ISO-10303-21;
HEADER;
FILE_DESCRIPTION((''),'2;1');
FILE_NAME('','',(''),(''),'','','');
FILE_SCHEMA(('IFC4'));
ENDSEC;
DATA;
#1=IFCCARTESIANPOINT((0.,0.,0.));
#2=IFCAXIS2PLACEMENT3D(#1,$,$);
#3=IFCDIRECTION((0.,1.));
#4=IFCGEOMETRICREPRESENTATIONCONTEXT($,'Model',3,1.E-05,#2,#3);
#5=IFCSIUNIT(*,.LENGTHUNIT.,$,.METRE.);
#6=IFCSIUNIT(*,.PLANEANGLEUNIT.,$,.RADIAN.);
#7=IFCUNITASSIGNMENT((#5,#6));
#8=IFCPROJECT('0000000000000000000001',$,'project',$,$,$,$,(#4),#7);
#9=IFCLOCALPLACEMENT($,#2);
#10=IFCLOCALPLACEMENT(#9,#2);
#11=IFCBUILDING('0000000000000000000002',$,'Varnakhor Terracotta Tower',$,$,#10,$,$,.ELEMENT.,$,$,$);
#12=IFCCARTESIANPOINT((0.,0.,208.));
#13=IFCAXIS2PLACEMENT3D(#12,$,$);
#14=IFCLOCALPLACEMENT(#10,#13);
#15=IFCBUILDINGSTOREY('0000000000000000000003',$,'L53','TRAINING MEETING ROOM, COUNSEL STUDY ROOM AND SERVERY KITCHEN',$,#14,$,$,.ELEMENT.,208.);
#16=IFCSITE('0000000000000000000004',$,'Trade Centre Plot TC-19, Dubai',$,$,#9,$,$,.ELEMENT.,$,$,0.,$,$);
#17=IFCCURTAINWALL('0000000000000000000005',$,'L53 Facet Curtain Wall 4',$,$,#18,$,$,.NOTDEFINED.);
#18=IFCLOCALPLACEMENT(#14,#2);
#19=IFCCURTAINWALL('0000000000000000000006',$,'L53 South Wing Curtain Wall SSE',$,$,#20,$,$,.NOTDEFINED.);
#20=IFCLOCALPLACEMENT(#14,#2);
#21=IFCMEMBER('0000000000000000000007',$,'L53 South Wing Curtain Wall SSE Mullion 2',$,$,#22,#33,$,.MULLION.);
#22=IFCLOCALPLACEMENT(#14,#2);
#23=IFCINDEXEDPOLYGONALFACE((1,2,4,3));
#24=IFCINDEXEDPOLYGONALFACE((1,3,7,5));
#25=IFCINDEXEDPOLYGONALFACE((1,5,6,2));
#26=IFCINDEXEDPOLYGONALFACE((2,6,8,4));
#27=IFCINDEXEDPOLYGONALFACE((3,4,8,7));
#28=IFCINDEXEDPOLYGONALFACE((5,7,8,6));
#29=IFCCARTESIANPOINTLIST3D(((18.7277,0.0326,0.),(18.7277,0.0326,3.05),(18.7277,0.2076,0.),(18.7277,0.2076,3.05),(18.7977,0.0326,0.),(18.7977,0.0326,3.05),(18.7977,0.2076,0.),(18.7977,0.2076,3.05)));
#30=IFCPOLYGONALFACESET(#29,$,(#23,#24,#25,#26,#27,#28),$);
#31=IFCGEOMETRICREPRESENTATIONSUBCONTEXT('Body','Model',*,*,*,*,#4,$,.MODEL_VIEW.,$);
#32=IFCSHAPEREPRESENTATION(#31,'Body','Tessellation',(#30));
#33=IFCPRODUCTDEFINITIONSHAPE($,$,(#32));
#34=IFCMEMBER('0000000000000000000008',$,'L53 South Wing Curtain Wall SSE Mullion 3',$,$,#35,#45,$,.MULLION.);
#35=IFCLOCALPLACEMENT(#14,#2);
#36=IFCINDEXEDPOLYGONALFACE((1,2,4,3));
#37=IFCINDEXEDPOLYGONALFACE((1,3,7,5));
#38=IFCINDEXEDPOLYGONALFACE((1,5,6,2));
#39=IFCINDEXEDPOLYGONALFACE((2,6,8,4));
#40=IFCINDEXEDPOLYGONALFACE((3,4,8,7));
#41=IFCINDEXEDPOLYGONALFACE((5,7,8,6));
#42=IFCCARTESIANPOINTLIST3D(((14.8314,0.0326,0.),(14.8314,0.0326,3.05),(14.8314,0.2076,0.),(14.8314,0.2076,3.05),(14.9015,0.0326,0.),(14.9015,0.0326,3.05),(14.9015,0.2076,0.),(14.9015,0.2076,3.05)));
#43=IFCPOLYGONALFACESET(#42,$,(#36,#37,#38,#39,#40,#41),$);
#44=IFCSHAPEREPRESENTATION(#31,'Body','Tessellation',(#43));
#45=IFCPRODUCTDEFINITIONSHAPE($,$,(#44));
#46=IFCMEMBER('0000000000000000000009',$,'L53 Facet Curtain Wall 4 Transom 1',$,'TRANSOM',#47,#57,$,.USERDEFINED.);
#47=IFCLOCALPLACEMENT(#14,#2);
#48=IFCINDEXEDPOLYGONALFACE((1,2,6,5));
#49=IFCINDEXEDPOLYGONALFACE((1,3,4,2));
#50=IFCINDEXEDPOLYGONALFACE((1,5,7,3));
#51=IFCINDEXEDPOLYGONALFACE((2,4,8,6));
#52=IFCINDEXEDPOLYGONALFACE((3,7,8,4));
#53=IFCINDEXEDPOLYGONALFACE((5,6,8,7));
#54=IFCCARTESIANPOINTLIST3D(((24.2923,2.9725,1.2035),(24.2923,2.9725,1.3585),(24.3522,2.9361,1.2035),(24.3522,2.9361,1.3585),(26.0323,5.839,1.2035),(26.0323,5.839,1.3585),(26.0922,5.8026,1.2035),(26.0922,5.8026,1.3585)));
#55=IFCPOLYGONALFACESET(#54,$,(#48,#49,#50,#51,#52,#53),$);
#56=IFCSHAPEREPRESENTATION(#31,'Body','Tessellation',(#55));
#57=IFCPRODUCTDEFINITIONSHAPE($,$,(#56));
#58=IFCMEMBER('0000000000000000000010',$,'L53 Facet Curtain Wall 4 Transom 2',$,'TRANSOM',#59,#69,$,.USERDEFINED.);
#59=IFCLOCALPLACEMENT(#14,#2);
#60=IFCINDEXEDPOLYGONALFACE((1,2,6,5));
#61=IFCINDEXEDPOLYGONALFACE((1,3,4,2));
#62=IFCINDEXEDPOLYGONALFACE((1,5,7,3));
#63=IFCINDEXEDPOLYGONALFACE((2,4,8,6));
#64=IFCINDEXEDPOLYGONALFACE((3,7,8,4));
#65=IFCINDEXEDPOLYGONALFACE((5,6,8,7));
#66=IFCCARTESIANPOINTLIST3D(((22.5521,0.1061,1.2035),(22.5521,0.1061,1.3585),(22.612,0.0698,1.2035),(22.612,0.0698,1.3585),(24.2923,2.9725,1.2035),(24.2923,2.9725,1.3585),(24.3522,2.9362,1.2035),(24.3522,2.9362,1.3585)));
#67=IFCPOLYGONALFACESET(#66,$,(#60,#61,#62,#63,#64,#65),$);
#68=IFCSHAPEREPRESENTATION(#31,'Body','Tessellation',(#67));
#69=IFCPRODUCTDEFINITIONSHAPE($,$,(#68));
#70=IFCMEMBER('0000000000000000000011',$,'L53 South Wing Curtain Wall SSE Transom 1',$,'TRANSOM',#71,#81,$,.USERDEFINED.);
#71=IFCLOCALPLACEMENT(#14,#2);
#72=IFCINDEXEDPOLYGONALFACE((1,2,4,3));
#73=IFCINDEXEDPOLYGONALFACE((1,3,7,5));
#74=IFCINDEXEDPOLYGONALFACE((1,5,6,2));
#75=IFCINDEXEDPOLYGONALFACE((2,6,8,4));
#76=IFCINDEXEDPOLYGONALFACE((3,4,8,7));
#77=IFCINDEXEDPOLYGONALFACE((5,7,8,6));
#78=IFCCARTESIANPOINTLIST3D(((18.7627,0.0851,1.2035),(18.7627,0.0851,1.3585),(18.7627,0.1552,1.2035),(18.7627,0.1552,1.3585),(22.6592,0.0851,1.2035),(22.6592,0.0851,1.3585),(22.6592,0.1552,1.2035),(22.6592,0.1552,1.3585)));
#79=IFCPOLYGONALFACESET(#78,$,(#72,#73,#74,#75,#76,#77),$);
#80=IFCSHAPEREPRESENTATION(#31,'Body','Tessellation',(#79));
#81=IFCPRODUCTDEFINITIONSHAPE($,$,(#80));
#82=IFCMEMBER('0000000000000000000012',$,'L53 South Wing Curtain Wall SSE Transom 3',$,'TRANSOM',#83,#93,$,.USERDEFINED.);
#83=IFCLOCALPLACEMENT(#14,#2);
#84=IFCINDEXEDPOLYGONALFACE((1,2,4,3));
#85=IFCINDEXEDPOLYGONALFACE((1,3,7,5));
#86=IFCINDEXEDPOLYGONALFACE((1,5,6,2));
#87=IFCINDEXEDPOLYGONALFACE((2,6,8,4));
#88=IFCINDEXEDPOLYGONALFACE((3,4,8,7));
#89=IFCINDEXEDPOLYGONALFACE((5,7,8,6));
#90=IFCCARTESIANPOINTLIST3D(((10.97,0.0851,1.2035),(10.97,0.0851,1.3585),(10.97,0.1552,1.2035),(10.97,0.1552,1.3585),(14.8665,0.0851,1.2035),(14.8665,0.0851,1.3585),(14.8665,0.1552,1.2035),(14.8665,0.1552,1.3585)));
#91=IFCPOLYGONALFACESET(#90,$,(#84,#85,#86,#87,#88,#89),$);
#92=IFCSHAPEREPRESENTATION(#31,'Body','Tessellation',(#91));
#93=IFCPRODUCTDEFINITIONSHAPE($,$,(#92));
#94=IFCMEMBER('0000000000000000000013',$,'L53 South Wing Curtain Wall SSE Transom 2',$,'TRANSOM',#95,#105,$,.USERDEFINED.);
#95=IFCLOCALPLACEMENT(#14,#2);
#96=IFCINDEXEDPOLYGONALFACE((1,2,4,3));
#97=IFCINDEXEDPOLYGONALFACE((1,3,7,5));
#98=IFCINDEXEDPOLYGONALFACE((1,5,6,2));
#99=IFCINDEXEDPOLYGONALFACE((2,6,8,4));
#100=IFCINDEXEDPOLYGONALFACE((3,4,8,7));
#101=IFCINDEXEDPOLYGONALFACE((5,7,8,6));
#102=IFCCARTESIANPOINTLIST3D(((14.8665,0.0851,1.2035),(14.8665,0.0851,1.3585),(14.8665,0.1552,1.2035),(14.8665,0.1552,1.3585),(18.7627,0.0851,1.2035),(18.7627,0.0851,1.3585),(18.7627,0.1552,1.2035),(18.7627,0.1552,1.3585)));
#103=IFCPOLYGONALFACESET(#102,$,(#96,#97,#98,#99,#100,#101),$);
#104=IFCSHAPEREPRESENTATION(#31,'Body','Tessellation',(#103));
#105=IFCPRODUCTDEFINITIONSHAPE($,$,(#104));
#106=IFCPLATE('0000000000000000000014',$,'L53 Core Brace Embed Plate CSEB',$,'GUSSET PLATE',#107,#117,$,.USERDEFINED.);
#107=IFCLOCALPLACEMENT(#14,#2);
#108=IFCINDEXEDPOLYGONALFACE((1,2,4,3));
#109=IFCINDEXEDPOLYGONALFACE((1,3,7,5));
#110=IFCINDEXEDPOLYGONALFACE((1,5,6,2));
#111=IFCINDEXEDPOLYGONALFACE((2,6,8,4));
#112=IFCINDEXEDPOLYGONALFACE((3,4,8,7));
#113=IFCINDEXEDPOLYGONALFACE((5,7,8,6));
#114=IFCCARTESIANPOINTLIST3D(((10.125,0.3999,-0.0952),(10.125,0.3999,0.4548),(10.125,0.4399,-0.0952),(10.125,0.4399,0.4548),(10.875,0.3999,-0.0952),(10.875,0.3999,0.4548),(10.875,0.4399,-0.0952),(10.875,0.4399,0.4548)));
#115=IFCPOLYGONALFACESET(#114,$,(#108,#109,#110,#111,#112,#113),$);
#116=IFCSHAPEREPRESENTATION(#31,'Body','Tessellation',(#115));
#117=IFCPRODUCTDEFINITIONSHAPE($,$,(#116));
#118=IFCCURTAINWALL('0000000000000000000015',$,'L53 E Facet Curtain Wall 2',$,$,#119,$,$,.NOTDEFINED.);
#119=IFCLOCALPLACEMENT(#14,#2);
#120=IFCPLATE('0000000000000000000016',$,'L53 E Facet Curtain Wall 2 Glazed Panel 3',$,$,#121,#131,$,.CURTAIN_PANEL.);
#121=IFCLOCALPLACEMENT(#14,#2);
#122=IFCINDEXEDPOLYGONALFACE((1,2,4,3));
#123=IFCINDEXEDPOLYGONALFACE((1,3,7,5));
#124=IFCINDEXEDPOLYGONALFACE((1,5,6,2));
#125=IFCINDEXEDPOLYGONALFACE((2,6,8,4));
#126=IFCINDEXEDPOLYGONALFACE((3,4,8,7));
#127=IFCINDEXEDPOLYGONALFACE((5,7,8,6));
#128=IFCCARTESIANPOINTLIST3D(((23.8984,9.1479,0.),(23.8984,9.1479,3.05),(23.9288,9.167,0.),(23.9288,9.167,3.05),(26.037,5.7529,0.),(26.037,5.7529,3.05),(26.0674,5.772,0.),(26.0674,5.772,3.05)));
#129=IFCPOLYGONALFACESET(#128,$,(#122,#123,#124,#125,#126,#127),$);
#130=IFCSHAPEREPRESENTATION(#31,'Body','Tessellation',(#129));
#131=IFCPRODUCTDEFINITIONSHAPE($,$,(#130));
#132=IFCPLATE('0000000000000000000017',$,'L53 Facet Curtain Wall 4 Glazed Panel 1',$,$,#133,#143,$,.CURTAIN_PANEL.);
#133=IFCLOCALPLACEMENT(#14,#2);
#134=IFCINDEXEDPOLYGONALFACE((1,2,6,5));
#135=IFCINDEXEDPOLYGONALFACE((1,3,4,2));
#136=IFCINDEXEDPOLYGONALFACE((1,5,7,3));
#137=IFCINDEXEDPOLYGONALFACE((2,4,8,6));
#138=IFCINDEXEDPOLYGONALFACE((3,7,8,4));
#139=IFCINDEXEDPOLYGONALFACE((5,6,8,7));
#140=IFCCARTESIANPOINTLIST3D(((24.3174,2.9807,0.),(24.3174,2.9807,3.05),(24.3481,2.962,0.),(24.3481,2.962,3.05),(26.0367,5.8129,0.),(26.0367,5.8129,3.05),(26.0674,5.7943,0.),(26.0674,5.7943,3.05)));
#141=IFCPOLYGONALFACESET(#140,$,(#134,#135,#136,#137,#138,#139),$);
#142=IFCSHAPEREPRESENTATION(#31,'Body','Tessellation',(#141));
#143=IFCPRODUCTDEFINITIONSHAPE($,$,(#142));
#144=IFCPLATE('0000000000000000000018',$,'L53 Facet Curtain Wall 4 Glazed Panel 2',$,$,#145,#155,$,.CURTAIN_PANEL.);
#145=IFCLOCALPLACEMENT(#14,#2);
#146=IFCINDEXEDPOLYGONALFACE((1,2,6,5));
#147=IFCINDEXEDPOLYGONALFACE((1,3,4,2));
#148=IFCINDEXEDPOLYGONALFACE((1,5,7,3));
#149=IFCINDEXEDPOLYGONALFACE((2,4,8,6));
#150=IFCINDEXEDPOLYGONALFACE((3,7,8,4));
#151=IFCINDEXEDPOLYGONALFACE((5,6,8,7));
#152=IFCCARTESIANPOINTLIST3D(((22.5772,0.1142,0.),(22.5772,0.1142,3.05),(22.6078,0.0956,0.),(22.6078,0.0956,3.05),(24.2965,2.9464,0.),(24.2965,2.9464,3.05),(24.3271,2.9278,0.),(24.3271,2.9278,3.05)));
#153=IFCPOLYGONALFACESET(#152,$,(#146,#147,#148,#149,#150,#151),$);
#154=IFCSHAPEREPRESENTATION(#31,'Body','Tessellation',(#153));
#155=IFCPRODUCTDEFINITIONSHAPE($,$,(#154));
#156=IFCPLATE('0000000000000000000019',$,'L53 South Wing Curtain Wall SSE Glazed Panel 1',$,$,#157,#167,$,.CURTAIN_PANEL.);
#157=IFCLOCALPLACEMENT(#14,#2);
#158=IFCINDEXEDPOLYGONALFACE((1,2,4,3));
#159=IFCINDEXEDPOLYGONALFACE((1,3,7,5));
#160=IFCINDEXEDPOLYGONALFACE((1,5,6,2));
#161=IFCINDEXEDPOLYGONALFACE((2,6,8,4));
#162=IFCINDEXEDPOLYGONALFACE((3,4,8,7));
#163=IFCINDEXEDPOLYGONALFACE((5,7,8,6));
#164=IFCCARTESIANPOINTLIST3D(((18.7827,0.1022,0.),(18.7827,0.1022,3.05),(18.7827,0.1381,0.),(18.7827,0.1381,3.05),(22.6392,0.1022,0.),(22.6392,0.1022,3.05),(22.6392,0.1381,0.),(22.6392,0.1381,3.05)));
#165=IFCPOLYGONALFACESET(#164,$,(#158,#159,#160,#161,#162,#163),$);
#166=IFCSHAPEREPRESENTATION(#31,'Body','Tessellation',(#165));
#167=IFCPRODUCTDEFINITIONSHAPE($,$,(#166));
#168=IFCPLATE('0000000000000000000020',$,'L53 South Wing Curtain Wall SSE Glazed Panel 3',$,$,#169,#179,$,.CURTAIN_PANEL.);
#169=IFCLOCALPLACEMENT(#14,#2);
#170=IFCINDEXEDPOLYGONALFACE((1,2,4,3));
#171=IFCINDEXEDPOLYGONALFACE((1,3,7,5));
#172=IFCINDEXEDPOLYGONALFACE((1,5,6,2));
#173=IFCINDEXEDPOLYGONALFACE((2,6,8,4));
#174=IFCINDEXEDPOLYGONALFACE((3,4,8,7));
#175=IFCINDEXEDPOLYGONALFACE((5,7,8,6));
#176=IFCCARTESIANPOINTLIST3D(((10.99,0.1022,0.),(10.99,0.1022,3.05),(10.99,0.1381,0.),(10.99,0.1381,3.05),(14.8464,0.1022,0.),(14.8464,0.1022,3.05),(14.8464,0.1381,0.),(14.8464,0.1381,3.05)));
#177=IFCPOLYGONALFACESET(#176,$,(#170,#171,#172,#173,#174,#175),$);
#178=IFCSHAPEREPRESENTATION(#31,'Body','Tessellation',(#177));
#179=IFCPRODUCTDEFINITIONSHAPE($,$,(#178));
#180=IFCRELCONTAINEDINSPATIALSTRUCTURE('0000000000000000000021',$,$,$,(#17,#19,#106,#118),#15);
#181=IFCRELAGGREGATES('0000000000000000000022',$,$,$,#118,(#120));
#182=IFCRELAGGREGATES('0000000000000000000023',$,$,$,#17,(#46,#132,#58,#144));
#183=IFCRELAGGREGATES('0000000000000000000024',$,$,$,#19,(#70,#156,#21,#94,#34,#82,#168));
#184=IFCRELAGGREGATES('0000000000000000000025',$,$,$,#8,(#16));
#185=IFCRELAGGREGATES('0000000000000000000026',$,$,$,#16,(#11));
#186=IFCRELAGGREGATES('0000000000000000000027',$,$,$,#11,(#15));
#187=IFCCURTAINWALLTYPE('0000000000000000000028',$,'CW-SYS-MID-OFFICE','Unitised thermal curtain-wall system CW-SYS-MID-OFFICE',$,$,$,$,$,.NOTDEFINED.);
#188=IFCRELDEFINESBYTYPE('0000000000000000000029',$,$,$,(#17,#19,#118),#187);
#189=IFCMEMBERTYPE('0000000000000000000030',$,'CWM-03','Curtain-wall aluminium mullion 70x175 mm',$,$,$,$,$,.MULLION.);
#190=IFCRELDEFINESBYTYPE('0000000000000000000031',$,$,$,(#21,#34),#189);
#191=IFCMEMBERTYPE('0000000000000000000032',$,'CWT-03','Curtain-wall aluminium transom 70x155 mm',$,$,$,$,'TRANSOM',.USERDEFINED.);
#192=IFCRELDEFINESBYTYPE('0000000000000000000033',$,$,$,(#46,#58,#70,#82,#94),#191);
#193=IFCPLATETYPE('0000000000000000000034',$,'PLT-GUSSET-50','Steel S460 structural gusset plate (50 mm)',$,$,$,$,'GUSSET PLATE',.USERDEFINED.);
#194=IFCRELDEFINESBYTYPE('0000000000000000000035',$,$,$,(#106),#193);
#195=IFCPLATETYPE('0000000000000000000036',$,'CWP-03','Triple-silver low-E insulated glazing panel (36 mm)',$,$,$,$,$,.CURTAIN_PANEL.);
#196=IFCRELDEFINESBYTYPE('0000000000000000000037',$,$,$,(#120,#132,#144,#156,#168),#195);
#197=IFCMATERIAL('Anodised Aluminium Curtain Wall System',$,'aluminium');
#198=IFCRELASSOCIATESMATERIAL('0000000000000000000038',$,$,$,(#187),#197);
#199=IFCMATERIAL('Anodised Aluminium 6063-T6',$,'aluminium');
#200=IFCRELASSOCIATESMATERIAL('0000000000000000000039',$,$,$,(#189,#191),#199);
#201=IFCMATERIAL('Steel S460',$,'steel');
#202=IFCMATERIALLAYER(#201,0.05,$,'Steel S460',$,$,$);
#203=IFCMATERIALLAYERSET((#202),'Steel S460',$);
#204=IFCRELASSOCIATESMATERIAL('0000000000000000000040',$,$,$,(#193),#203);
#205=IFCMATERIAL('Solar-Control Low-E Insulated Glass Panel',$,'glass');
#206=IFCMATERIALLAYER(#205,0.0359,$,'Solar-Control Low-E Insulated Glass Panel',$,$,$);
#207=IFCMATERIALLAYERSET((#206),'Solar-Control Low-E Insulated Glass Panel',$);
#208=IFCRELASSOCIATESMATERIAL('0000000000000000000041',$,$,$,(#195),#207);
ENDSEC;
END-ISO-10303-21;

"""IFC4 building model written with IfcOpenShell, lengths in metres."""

from ifc_helpers import new_model, si_unit, direction, frame, origin, origin_2d, place, context, subcontext, project, spatial, rectangle, extrude, source, transform, mapped, material, layer, layer_set, material_profile, profile_set, type_object, type_shapes, element, aggregate, save


model = new_model("IFC4")

# Units and contexts
model_context = context("Model", 3, precision=1e-05, world=origin(), true_north=direction((0.0, 1.0)))
body_context = subcontext(model_context, "Body", "Model", "MODEL_VIEW")
ifc_project = project(units=[si_unit("LENGTHUNIT", "METRE"), si_unit("PLANEANGLEUNIT", "RADIAN")], contexts=[model_context])

# Site, building, storey
site_placement = place(None, origin())
site = spatial("IfcSite", under=ifc_project, at=site_placement, Name="Trade Centre Plot TC-19, Dubai", CompositionType="ELEMENT", RefElevation=0.0)
building_placement = place(site_placement, origin())
building = spatial("IfcBuilding", under=site, at=building_placement, Name="Varnakhor Terracotta Tower", CompositionType="ELEMENT")
storey_placement = place(building_placement, frame((0.0, 0.0, 208.0)))
storey = spatial("IfcBuildingStorey", under=building, at=storey_placement, Name="L53", Description="TRAINING MEETING ROOM, COUNSEL STUDY ROOM AND SERVERY KITCHEN", CompositionType="ELEMENT", Elevation=208.0)

# Shared definitions
ifc_material_1 = material(Name="Steel S460", Category="steel")

# Curtain walls, members
ifc_material_2 = material(Name="Anodised Aluminium Curtain Wall System", Category="aluminium")
curtain_wall_type = type_object("IfcCurtainWallType", Name="CW-SYS-MID-OFFICE", Description="Unitised thermal curtain-wall system CW-SYS-MID-OFFICE", PredefinedType="NOTDEFINED", material=ifc_material_2)
curtain_wall_1_placement = place(storey_placement, origin())
curtain_wall_1 = element("IfcCurtainWall", 1, at=curtain_wall_1_placement, inside=storey, type_object=curtain_wall_type, Name="L53 Facet Curtain Wall 4", PredefinedType="NOTDEFINED")
ifc_material_3 = material(Name="Anodised Aluminium 6063-T6", Category="aluminium")
ifc_material_profile_1 = material_profile(ifc_material_3, rectangle(XDim=0.0701, YDim=0.175, at=origin_2d()), Name="ALU MULLION 70x175")
ifc_profile_set_1 = profile_set([ifc_material_profile_1], Name="Anodised Aluminium 6063-T6")
member_type_1 = type_object("IfcMemberType", Name="CWM-03", Description="Curtain-wall aluminium mullion 70x175 mm", PredefinedType="MULLION", material=ifc_profile_set_1)
shared_shape_1 = source(origin(), body_context, "Body", "SweptSolid", [
    extrude(rectangle(XDim=0.0701, YDim=0.175, at=origin_2d()), origin(), (0.0, 0.0, 1.0), 3.05),
])
curtain_wall_2_placement = place(storey_placement, origin())
curtain_wall_2 = element("IfcCurtainWall", 2, at=curtain_wall_2_placement, inside=storey, type_object=curtain_wall_type, Name="L53 South Wing Curtain Wall SSE", PredefinedType="NOTDEFINED")
member_1_placement = place(storey_placement, frame((18.7627, 0.1201, 0.0), z_axis=(0.0, 0.0, 1.0), x_axis=(1.0, 0.0, 0.0)))
member_1 = element("IfcMember", 3, at=member_1_placement, type_object=member_type_1, Name="L53 South Wing Curtain Wall SSE Mullion 2", PredefinedType="MULLION", context=body_context, shape_type="MappedRepresentation", body=[
    mapped(shared_shape_1, transform((0.0, 0.0, 0.0), scale=1.0)),
])
member_2_placement = place(storey_placement, frame((14.8665, 0.1201, 0.0), z_axis=(0.0, 0.0, 1.0), x_axis=(1.0, 0.0, 0.0)))
member_2 = element("IfcMember", 4, at=member_2_placement, type_object=member_type_1, Name="L53 South Wing Curtain Wall SSE Mullion 3", PredefinedType="MULLION", context=body_context, shape_type="MappedRepresentation", body=[
    mapped(shared_shape_1, transform((0.0, 0.0, 0.0), scale=1.0)),
])

# Members
ifc_material_profile_2 = material_profile(ifc_material_3, rectangle(XDim=0.0701, YDim=0.155, at=origin_2d()), Name="ALU TRANSOM 70x155")
ifc_profile_set_2 = profile_set([ifc_material_profile_2], Name="Anodised Aluminium 6063-T6")
member_type_2 = type_object("IfcMemberType", Name="CWT-03", Description="Curtain-wall aluminium transom 70x155 mm", ElementType="TRANSOM", PredefinedType="USERDEFINED", material=ifc_profile_set_2)
shared_shape_2 = source(origin(), body_context, "Body", "SweptSolid", [
    extrude(rectangle(XDim=0.0701, YDim=0.155, at=origin_2d()), origin(), (0.0, 0.0, 1.0), 3.3533),
])
member_3_placement = place(storey_placement, frame((26.0623, 5.8208, 1.281), z_axis=(-0.5189, -0.854835, 0.0), x_axis=(0.854835, -0.5189, 0.0)))
member_3 = element("IfcMember", 5, at=member_3_placement, type_object=member_type_2, Name="L53 Facet Curtain Wall 4 Transom 1", ObjectType="TRANSOM", PredefinedType="USERDEFINED", context=body_context, shape_type="MappedRepresentation", body=[
    mapped(shared_shape_2, transform((0.0, 0.0, 0.0), scale=1.0)),
])
member_4_placement = place(storey_placement, frame((24.3223, 2.9543, 1.281), z_axis=(-0.518953, -0.854803, 0.0), x_axis=(0.854803, -0.518953, 0.0)))
member_4 = element("IfcMember", 6, at=member_4_placement, type_object=member_type_2, Name="L53 Facet Curtain Wall 4 Transom 2", ObjectType="TRANSOM", PredefinedType="USERDEFINED", context=body_context, shape_type="MappedRepresentation", body=[
    mapped(shared_shape_2, transform((0.0, 0.0, 0.0), scale=1.0)),
])
shared_shape_3 = source(origin(), body_context, "Body", "SweptSolid", [
    extrude(rectangle(XDim=0.0701, YDim=0.155, at=origin_2d()), origin(), (0.0, 0.0, 1.0), 3.8965),
])
member_5_placement = place(storey_placement, frame((22.6592, 0.1201, 1.281), z_axis=(-1.0, 0.0, 0.0), x_axis=(0.0, -1.0, 0.0)))
member_5 = element("IfcMember", 7, at=member_5_placement, type_object=member_type_2, Name="L53 South Wing Curtain Wall SSE Transom 1", ObjectType="TRANSOM", PredefinedType="USERDEFINED", context=body_context, shape_type="MappedRepresentation", body=[
    mapped(shared_shape_3, transform((0.0, 0.0, 0.0), scale=1.0)),
])
member_6_placement = place(storey_placement, frame((14.8665, 0.1201, 1.281), z_axis=(-1.0, 0.0, 0.0), x_axis=(0.0, -1.0, 0.0)))
member_6 = element("IfcMember", 8, at=member_6_placement, type_object=member_type_2, Name="L53 South Wing Curtain Wall SSE Transom 3", ObjectType="TRANSOM", PredefinedType="USERDEFINED", context=body_context, shape_type="MappedRepresentation", body=[
    mapped(shared_shape_3, transform((0.0, 0.0, 0.0), scale=1.0)),
])
shared_shape_4 = source(origin(), body_context, "Body", "SweptSolid", [
    extrude(rectangle(XDim=0.0701, YDim=0.155, at=origin_2d()), origin(), (0.0, 0.0, 1.0), 3.8962),
])
member_7_placement = place(storey_placement, frame((18.7627, 0.1201, 1.281), z_axis=(-1.0, 0.0, 0.0), x_axis=(0.0, -1.0, 0.0)))
member_7 = element("IfcMember", 9, at=member_7_placement, type_object=member_type_2, Name="L53 South Wing Curtain Wall SSE Transom 2", ObjectType="TRANSOM", PredefinedType="USERDEFINED", context=body_context, shape_type="MappedRepresentation", body=[
    mapped(shared_shape_4, transform((0.0, 0.0, 0.0), scale=1.0)),
])

# Plate
ifc_layer_1 = layer(ifc_material_1, 0.05, Name="Steel S460")
ifc_layer_set_1 = layer_set([ifc_layer_1], Name="Steel S460")
plate_type_1 = type_object("IfcPlateType", Name="PLT-GUSSET-50", Description="Steel S460 structural gusset plate (50 mm)", ElementType="GUSSET PLATE", PredefinedType="USERDEFINED", material=ifc_layer_set_1)
shared_shape_5 = source(origin(), body_context, "Body", "SweptSolid", [
    extrude(rectangle(XDim=0.75, YDim=0.04, at=origin_2d()), origin(), (0.0, 0.0, 1.0), 0.55),
])
type_shapes(plate_type_1, [shared_shape_5])
plate_1_placement = place(storey_placement, frame((10.5, 0.4199, -0.0952), z_axis=(0.0, 0.0, 1.0), x_axis=(1.0, 0.0, 0.0)))
element("IfcPlate", 10, at=plate_1_placement, inside=storey, type_object=plate_type_1, Name="L53 Core Brace Embed Plate CSEB", ObjectType="GUSSET PLATE", PredefinedType="USERDEFINED", context=body_context, shape_type="MappedRepresentation", body=[
    mapped(shared_shape_5, transform((0.0, 0.0, 0.0), scale=1.0)),
])

# Curtain wall, plate
curtain_wall_3_placement = place(storey_placement, origin())
curtain_wall_3 = element("IfcCurtainWall", 11, at=curtain_wall_3_placement, inside=storey, type_object=curtain_wall_type, Name="L53 E Facet Curtain Wall 2", PredefinedType="NOTDEFINED")
ifc_material_4 = material(Name="Solar-Control Low-E Insulated Glass Panel", Category="glass")
ifc_layer_2 = layer(ifc_material_4, 0.0359, Name="Solar-Control Low-E Insulated Glass Panel")
ifc_layer_set_2 = layer_set([ifc_layer_2], Name="Solar-Control Low-E Insulated Glass Panel")
plate_type_2 = type_object("IfcPlateType", Name="CWP-03", Description="Triple-silver low-E insulated glazing panel (36 mm)", PredefinedType="CURTAIN_PANEL", material=ifc_layer_set_2)
shared_shape_6 = source(origin(), body_context, "Body", "SweptSolid", [
    extrude(rectangle(XDim=4.0125, YDim=0.0359, at=origin_2d()), origin(), (0.0, 0.0, 1.0), 3.05),
])
plate_2_placement = place(storey_placement, frame((24.9829, 7.46, 0.0), z_axis=(0.0, 0.0, 1.0), x_axis=(0.53298, -0.846128, 0.0)))
plate_2 = element("IfcPlate", 12, at=plate_2_placement, type_object=plate_type_2, Name="L53 E Facet Curtain Wall 2 Glazed Panel 3", PredefinedType="CURTAIN_PANEL", context=body_context, shape_type="MappedRepresentation", body=[
    mapped(shared_shape_6, transform((0.0, 0.0, 0.0), scale=1.0)),
])
aggregate(curtain_wall_3, [plate_2])

# Plates
shared_shape_7 = source(origin(), body_context, "Body", "SweptSolid", [
    extrude(rectangle(XDim=3.3132, YDim=0.0359, at=origin_2d()), origin(), (0.0, 0.0, 1.0), 3.05),
])
plate_3_placement = place(storey_placement, frame((25.1924, 4.3875, 0.0), z_axis=(0.0, 0.0, 1.0), x_axis=(-0.518922, -0.854821, 0.0)))
plate_3 = element("IfcPlate", 13, at=plate_3_placement, type_object=plate_type_2, Name="L53 Facet Curtain Wall 4 Glazed Panel 1", PredefinedType="CURTAIN_PANEL", context=body_context, shape_type="MappedRepresentation", body=[
    mapped(shared_shape_7, transform((0.0, 0.0, 0.0), scale=1.0)),
])
plate_4_placement = place(storey_placement, frame((23.4521, 1.521, 0.0), z_axis=(0.0, 0.0, 1.0), x_axis=(-0.518922, -0.854821, 0.0)))
plate_4 = element("IfcPlate", 14, at=plate_4_placement, type_object=plate_type_2, Name="L53 Facet Curtain Wall 4 Glazed Panel 2", PredefinedType="CURTAIN_PANEL", context=body_context, shape_type="MappedRepresentation", body=[
    mapped(shared_shape_7, transform((0.0, 0.0, 0.0), scale=1.0)),
])
aggregate(curtain_wall_1, [member_3, plate_3, member_4, plate_4])
shared_shape_8 = source(origin(), body_context, "Body", "SweptSolid", [
    extrude(rectangle(XDim=3.8564, YDim=0.0359, at=origin_2d()), origin(), (0.0, 0.0, 1.0), 3.05),
])
plate_5_placement = place(storey_placement, frame((20.7109, 0.1201, 0.0), z_axis=(0.0, 0.0, 1.0), x_axis=(-1.0, 0.0, 0.0)))
plate_5 = element("IfcPlate", 15, at=plate_5_placement, type_object=plate_type_2, Name="L53 South Wing Curtain Wall SSE Glazed Panel 1", PredefinedType="CURTAIN_PANEL", context=body_context, shape_type="MappedRepresentation", body=[
    mapped(shared_shape_8, transform((0.0, 0.0, 0.0), scale=1.0)),
])
plate_6_placement = place(storey_placement, frame((12.9182, 0.1201, 0.0), z_axis=(0.0, 0.0, 1.0), x_axis=(-1.0, 0.0, 0.0)))
plate_6 = element("IfcPlate", 16, at=plate_6_placement, type_object=plate_type_2, Name="L53 South Wing Curtain Wall SSE Glazed Panel 3", PredefinedType="CURTAIN_PANEL", context=body_context, shape_type="MappedRepresentation", body=[
    mapped(shared_shape_8, transform((0.0, 0.0, 0.0), scale=1.0)),
])
aggregate(curtain_wall_2, [member_5, plate_5, member_1, member_7, member_2, member_6, plate_6])

save(model, "model.ifc")
